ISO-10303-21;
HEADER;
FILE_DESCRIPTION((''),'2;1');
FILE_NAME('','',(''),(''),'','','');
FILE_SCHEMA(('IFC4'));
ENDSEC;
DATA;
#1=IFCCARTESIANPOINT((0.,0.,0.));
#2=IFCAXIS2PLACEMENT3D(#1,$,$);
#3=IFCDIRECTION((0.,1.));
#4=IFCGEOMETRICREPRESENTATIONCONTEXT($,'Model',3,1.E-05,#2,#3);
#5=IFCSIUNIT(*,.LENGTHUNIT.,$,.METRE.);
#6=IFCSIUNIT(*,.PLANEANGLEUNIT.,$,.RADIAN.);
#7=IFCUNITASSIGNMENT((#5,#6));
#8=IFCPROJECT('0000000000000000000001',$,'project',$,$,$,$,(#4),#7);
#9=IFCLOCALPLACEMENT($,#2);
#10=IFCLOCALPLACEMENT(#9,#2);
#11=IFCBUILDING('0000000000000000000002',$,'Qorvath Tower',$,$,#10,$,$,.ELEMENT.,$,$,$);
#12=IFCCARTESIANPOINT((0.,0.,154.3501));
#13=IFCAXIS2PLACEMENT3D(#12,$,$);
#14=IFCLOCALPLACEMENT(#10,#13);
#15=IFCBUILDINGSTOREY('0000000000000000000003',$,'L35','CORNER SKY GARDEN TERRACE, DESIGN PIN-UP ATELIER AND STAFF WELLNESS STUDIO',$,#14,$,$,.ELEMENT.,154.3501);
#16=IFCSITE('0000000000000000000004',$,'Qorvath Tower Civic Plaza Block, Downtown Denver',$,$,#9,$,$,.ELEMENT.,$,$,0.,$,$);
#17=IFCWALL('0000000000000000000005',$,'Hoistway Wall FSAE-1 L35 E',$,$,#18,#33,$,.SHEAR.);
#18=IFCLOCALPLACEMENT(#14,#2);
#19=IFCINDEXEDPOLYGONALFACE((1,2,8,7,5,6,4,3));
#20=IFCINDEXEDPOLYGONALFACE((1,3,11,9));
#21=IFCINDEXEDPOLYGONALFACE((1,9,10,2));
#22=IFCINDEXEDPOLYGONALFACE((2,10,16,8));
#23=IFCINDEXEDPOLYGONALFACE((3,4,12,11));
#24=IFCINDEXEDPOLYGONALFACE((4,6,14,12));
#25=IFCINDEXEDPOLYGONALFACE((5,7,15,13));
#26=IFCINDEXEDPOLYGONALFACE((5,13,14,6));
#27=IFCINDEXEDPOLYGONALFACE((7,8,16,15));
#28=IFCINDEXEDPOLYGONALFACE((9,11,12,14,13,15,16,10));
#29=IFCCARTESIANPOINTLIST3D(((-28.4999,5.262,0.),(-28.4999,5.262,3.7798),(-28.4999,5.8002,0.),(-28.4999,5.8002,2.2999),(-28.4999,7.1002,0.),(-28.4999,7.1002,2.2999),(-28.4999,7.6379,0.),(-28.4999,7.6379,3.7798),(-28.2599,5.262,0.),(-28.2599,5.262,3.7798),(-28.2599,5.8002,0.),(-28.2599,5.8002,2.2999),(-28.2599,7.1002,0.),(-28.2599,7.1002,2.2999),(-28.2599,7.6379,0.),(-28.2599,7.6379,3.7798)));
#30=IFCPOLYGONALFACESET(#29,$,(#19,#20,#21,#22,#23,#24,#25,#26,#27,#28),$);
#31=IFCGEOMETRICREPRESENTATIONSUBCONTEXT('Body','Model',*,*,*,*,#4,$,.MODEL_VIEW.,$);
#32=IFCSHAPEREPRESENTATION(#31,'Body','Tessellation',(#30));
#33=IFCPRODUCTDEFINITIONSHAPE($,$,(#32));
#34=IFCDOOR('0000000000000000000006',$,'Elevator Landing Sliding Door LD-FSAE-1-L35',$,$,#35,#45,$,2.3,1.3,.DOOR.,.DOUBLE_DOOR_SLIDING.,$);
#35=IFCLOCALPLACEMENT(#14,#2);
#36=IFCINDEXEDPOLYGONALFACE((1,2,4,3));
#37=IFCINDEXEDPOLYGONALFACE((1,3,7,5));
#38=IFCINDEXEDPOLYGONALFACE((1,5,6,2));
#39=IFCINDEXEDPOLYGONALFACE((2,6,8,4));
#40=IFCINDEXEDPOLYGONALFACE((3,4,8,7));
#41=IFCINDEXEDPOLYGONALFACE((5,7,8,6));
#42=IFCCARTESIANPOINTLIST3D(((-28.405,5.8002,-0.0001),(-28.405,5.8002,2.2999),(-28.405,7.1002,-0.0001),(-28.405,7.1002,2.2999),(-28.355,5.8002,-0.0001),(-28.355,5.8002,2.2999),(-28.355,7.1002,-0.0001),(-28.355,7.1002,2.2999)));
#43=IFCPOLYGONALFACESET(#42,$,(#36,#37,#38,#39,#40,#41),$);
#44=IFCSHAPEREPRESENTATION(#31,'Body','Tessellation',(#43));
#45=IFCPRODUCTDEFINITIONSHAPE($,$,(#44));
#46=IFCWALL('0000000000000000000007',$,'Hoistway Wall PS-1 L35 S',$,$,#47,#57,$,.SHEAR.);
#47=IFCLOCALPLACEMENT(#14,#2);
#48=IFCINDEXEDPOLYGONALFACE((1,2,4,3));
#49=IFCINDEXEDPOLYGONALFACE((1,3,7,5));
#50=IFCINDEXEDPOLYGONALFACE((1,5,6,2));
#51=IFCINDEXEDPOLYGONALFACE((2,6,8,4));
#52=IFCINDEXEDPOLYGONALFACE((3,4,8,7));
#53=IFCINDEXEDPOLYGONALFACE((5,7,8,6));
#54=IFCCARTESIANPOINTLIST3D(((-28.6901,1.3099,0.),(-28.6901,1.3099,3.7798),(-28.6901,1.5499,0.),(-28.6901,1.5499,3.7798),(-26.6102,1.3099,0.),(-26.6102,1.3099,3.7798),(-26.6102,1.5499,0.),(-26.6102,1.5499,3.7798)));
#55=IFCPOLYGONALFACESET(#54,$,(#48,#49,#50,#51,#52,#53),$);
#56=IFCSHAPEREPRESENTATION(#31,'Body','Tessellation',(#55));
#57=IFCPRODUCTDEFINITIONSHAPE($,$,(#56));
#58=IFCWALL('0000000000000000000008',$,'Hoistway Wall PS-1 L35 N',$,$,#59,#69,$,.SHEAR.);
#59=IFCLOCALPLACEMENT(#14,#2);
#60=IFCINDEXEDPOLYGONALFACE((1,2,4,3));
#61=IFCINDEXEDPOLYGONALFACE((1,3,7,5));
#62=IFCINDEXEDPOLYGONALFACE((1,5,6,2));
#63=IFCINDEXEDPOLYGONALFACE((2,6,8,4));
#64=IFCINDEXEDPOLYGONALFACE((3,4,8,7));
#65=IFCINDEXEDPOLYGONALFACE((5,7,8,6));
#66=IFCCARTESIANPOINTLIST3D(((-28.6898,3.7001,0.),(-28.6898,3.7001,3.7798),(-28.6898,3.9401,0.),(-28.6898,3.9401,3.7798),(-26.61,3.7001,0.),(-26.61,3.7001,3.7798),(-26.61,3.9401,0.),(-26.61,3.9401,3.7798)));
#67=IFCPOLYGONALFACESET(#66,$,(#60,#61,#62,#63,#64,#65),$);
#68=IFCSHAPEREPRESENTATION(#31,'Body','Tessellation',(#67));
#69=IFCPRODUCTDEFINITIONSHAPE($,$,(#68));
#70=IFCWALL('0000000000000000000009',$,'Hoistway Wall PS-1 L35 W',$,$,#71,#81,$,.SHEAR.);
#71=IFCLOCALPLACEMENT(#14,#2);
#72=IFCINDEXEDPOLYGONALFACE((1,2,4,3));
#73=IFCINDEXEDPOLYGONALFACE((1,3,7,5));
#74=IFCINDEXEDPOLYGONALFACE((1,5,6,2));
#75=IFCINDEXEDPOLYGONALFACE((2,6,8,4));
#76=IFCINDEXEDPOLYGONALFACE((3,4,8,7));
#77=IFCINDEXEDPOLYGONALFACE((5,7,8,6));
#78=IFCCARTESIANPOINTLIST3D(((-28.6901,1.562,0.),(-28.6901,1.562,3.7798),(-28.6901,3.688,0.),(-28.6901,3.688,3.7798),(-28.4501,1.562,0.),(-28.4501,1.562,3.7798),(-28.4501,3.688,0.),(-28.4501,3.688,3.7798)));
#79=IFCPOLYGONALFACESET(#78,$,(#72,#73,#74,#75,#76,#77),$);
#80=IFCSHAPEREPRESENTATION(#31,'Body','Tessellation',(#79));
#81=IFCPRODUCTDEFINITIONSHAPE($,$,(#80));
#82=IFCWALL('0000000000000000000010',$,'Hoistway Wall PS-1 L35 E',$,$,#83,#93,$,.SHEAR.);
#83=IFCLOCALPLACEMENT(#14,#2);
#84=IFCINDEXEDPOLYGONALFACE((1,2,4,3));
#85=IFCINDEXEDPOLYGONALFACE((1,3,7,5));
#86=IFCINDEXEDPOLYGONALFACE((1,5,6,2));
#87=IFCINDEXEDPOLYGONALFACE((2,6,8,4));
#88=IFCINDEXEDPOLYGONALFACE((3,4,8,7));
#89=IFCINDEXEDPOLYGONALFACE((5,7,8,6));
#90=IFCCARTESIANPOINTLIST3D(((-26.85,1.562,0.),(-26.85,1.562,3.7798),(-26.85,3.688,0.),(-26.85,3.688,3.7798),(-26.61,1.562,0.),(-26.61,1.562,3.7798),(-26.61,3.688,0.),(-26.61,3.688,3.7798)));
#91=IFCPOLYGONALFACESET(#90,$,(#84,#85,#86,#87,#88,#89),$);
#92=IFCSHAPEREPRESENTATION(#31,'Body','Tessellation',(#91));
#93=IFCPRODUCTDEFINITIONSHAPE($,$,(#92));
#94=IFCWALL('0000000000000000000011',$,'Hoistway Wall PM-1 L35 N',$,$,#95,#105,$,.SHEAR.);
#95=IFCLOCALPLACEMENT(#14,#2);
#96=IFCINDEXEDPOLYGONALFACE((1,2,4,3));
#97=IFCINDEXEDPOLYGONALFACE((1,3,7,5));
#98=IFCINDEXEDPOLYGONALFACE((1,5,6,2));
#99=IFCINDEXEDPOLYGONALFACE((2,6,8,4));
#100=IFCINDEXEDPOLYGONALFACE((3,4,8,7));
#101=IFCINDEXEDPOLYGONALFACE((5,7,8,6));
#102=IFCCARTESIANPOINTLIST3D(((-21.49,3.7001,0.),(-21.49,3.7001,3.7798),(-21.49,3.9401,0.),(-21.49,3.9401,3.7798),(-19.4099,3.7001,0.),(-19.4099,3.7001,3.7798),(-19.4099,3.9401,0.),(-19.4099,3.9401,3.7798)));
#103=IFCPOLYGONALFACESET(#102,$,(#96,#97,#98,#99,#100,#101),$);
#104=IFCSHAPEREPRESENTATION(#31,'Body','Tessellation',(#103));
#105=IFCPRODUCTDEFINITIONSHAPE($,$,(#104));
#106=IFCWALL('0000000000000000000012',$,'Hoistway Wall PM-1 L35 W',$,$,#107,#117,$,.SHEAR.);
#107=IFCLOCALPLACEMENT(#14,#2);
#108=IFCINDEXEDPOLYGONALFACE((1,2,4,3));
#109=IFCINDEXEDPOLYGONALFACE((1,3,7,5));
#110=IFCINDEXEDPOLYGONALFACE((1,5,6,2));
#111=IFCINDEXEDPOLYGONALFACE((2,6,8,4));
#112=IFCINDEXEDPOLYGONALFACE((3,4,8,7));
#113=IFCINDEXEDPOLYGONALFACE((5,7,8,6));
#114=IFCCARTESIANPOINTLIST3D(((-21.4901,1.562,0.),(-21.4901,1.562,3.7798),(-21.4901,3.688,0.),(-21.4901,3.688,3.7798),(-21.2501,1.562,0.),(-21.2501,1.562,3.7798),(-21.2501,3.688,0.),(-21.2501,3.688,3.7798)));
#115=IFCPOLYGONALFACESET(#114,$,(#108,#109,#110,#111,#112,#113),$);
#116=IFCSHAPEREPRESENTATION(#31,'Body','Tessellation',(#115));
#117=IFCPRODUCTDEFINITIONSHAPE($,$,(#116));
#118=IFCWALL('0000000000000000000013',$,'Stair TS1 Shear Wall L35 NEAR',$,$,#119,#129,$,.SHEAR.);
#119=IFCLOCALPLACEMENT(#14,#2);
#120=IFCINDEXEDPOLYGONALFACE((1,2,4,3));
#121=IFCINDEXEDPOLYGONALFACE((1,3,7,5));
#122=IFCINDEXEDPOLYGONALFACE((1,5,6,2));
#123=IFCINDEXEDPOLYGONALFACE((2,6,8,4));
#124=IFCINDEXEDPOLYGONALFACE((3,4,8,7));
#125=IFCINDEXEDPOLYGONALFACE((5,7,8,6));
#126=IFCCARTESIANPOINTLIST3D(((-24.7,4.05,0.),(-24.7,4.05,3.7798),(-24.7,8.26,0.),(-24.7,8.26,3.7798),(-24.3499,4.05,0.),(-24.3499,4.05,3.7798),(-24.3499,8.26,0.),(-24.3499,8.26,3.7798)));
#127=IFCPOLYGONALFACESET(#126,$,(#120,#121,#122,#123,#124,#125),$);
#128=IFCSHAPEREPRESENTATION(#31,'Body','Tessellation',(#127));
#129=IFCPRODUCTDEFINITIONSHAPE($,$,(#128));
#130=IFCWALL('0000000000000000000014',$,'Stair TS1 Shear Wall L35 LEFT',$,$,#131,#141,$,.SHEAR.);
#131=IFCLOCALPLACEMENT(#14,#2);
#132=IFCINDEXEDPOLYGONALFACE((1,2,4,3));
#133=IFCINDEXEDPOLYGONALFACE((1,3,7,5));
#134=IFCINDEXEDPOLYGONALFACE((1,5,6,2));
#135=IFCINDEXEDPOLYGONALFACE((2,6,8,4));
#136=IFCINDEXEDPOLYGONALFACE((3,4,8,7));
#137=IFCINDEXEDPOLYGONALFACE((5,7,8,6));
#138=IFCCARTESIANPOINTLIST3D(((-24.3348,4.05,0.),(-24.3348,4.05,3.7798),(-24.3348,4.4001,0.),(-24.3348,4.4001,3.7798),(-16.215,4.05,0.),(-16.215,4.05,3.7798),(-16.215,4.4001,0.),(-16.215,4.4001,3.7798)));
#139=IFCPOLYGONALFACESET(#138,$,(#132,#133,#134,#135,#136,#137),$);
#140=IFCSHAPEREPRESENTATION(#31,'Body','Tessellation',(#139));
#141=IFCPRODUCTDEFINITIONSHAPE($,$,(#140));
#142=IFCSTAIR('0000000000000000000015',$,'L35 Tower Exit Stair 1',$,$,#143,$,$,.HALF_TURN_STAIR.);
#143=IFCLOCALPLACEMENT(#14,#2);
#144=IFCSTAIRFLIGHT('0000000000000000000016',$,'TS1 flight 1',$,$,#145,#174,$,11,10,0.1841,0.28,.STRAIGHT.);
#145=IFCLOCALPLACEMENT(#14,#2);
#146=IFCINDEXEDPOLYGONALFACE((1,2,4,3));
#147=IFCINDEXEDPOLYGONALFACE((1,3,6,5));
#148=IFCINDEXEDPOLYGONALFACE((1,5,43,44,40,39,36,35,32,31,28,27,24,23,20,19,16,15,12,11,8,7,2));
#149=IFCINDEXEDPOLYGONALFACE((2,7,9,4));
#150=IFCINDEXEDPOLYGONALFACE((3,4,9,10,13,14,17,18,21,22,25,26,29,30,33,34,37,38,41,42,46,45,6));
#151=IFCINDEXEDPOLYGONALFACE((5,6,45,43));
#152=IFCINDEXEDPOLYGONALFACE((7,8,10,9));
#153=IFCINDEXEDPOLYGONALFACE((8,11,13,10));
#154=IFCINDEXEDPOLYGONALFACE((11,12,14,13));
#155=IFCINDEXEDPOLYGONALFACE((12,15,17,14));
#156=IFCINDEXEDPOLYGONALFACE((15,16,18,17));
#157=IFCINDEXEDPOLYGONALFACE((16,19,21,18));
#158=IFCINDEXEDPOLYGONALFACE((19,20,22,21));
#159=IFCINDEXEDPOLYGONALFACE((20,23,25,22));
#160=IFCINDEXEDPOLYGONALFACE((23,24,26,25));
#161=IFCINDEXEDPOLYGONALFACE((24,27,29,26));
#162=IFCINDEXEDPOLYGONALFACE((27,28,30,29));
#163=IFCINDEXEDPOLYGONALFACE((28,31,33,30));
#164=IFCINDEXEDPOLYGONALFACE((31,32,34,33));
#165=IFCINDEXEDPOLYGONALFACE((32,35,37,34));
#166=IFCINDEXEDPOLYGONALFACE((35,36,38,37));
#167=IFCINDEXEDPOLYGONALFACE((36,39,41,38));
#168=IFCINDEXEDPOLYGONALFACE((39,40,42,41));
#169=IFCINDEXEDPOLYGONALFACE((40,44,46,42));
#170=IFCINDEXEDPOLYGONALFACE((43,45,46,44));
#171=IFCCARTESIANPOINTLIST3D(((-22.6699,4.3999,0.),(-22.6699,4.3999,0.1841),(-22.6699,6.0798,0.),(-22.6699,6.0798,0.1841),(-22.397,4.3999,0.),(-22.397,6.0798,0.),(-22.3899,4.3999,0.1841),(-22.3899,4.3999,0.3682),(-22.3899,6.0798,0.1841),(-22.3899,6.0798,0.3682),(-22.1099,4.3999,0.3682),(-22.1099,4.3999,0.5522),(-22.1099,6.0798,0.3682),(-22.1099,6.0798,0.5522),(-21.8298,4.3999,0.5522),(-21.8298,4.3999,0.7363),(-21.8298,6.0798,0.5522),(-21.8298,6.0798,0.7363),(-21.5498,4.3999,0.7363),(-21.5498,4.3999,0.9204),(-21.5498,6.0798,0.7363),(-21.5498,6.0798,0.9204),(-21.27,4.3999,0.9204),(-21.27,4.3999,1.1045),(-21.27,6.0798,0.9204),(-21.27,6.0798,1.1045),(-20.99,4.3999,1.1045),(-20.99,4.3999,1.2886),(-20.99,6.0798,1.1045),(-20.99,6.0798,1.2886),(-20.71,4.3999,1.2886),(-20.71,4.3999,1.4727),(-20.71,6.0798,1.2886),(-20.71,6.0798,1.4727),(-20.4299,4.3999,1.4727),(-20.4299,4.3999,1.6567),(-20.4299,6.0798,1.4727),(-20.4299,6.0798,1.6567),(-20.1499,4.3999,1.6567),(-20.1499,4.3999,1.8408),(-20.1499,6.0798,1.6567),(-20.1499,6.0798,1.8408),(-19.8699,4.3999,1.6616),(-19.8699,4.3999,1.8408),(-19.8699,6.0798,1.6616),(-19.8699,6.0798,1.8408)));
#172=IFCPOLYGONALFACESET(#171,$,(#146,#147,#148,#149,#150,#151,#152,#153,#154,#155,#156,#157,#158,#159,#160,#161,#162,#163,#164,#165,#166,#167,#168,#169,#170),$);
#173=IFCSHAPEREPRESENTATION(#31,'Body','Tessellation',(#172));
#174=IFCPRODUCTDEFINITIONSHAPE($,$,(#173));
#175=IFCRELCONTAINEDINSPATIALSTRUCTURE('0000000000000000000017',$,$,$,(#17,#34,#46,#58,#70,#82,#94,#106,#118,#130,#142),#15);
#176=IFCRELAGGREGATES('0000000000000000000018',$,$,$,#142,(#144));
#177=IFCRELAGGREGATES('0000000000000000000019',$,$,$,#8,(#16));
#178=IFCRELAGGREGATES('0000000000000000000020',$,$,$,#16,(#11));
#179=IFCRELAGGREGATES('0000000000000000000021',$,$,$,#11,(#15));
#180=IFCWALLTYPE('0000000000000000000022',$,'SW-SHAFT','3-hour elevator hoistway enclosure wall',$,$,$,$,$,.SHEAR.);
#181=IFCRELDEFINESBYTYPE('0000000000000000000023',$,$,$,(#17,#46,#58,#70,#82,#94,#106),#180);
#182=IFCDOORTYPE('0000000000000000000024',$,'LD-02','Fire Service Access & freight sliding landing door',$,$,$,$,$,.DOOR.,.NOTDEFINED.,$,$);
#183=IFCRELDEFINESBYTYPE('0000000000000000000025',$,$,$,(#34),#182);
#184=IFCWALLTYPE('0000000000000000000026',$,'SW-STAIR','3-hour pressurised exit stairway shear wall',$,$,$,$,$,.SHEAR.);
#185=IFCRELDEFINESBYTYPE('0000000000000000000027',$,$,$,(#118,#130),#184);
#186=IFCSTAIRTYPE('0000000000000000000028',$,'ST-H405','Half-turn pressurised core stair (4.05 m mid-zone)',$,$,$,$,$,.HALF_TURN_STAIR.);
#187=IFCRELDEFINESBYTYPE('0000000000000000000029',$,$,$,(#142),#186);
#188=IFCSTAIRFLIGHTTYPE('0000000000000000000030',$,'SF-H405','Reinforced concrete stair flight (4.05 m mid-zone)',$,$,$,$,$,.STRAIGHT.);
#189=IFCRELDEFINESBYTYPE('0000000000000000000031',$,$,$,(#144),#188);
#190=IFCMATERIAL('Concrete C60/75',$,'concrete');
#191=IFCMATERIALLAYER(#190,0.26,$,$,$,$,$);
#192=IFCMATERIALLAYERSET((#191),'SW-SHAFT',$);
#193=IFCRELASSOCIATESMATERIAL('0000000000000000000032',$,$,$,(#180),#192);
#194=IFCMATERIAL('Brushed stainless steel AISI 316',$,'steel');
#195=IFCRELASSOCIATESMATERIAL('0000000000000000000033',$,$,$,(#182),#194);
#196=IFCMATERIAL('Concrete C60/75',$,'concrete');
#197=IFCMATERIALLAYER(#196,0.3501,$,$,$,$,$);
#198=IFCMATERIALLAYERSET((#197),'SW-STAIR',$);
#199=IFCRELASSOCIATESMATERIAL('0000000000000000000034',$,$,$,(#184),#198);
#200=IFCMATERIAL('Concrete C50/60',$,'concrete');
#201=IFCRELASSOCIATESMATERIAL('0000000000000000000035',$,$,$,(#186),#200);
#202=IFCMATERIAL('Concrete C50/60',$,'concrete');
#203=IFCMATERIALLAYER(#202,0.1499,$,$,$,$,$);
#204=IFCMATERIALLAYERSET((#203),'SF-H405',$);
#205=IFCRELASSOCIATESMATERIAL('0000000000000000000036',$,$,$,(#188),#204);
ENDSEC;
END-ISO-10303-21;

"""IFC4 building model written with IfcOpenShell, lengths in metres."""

from ifc_helpers import new_model, si_unit, direction, frame, frame_2d, origin, place, context, subcontext, project, spatial, polyline, rectangle, outline, extrude, material, layer, layer_set, type_object, element, fill, aggregate, save


model = new_model("IFC4")

# Units and contexts
model_context = context("Model", 3, precision=1e-05, world=origin(), true_north=direction((0.0, 1.0)))
body_context = subcontext(model_context, "Body", "Model", "MODEL_VIEW")
ifc_project = project(units=[si_unit("LENGTHUNIT", "METRE"), si_unit("PLANEANGLEUNIT", "RADIAN")], contexts=[model_context])

# Site, building, storey
site_placement = place(None, origin())
site = spatial("IfcSite", under=ifc_project, at=site_placement, Name="Qorvath Tower Civic Plaza Block, Downtown Denver", CompositionType="ELEMENT", RefElevation=0.0)
building_placement = place(site_placement, origin())
building = spatial("IfcBuilding", under=site, at=building_placement, Name="Qorvath Tower", CompositionType="ELEMENT")
storey_placement = place(building_placement, frame((0.0, 0.0, 154.3501)))
storey = spatial("IfcBuildingStorey", under=building, at=storey_placement, Name="L35", Description="CORNER SKY GARDEN TERRACE, DESIGN PIN-UP ATELIER AND STAFF WELLNESS STUDIO", CompositionType="ELEMENT", Elevation=154.3501)

# Shared definitions
ifc_material_1 = material(Name="Concrete C60/75", Category="concrete")
ifc_layer_1 = layer(ifc_material_1, 0.26)
ifc_layer_set_1 = layer_set([ifc_layer_1], Name="SW-SHAFT")
wall_type_1 = type_object("IfcWallType", Name="SW-SHAFT", Description="3-hour elevator hoistway enclosure wall", PredefinedType="SHEAR", material=ifc_layer_set_1)

# Wall, opening, door
wall_1_placement = place(storey_placement, frame((-28.3799, 7.6379, 0.0), z_axis=(0.0, 0.0, 1.0), x_axis=(0.0, -1.0, 0.0)))
wall_1 = element("IfcWall", 1, at=wall_1_placement, inside=storey, type_object=wall_type_1, Name="Hoistway Wall FSAE-1 L35 E", PredefinedType="SHEAR", context=body_context, shape_type="SweptSolid", body=[
    extrude(rectangle(XDim=2.376, YDim=0.24, at=frame_2d((1.188, 0.0))), origin(), (0.0, 0.0, 1.0), 3.7798),
])
opening_1_placement = place(wall_1_placement, frame((0.5378, 0.0, 0.0)))
opening_1 = element("IfcOpeningElement", 2, at=opening_1_placement, cuts=wall_1, PredefinedType="OPENING", context=body_context, shape_type="SweptSolid", body=[
    extrude(rectangle(XDim=1.3, YDim=2.3, at=frame_2d((0.6499, 1.1499))), frame((0.0, 0.1299, 0.0), z_axis=(0.0, -1.0, 0.0), x_axis=(1.0, 0.0, 0.0)), (0.0, 0.0, 1.0), 0.26),
])
ifc_material_2 = material(Name="Brushed stainless steel AISI 316", Category="steel")
door_type_1 = type_object("IfcDoorType", Name="LD-02", Description="Fire Service Access & freight sliding landing door", OperationType="NOTDEFINED", PredefinedType="DOOR", material=ifc_material_2)
door_1_placement = place(opening_1_placement, origin())
door_1 = element("IfcDoor", 3, at=door_1_placement, inside=storey, type_object=door_type_1, Name="Elevator Landing Sliding Door LD-FSAE-1-L35", OperationType="DOUBLE_DOOR_SLIDING", OverallHeight=2.3, OverallWidth=1.3, PredefinedType="DOOR", context=body_context, shape_type="SweptSolid", body=[
    extrude(rectangle(XDim=1.3, YDim=2.3, at=frame_2d((0.6499, 1.1499))), frame((0.0, 0.0249, 0.0), z_axis=(0.0, -1.0, 0.0), x_axis=(1.0, 0.0, 0.0)), (0.0, 0.0, 1.0), 0.05),
])
fill(opening_1, door_1)

# Walls
for number, where, z_axis, x_axis, name in (
    (4, (-26.6101, 1.4299, 0.0), (0.0, 0.0, 1.0), (-1.0, 0.0, 0.0), "Hoistway Wall PS-1 L35 S"),
    (5, (-28.6899, 3.8201, 0.0), (0.0, 0.0, 1.0), (1.0, 0.0, 0.0), "Hoistway Wall PS-1 L35 N"),
):
    element("IfcWall", number, at=place(storey_placement, frame(where, z_axis=z_axis, x_axis=x_axis)), inside=storey, type_object=wall_type_1, Name=name, PredefinedType="SHEAR", context=body_context, shape_type="SweptSolid", body=[
        extrude(rectangle(XDim=2.0798, YDim=0.24, at=frame_2d((1.04, 0.0))), origin(), (0.0, 0.0, 1.0), 3.7798),
    ])
for number, where, z_axis, x_axis, name in (
    (6, (-28.5701, 1.562, 0.0), (0.0, 0.0, 1.0), (0.0, 1.0, 0.0), "Hoistway Wall PS-1 L35 W"),
    (7, (-26.73, 3.688, 0.0), (0.0, 0.0, 1.0), (0.0, -1.0, 0.0), "Hoistway Wall PS-1 L35 E"),
):
    element("IfcWall", number, at=place(storey_placement, frame(where, z_axis=z_axis, x_axis=x_axis)), inside=storey, type_object=wall_type_1, Name=name, PredefinedType="SHEAR", context=body_context, shape_type="SweptSolid", body=[
        extrude(rectangle(XDim=2.126, YDim=0.24, at=frame_2d((1.063, 0.0))), origin(), (0.0, 0.0, 1.0), 3.7798),
    ])
wall_2_placement = place(storey_placement, frame((-21.49, 3.8201, 0.0), z_axis=(0.0, 0.0, 1.0), x_axis=(1.0, 0.0, 0.0)))
element("IfcWall", 8, at=wall_2_placement, inside=storey, type_object=wall_type_1, Name="Hoistway Wall PM-1 L35 N", PredefinedType="SHEAR", context=body_context, shape_type="SweptSolid", body=[
    extrude(rectangle(XDim=2.0801, YDim=0.24, at=frame_2d((1.04, 0.0))), origin(), (0.0, 0.0, 1.0), 3.7798),
])
wall_3_placement = place(storey_placement, frame((-21.3701, 1.562, 0.0), z_axis=(0.0, 0.0, 1.0), x_axis=(0.0, 1.0, 0.0)))
element("IfcWall", 9, at=wall_3_placement, inside=storey, type_object=wall_type_1, Name="Hoistway Wall PM-1 L35 W", PredefinedType="SHEAR", context=body_context, shape_type="SweptSolid", body=[
    extrude(rectangle(XDim=2.126, YDim=0.24, at=frame_2d((1.063, 0.0))), origin(), (0.0, 0.0, 1.0), 3.7798),
])
ifc_material_3 = material(Name="Concrete C60/75", Category="concrete")
ifc_layer_2 = layer(ifc_material_3, 0.3501)
ifc_layer_set_2 = layer_set([ifc_layer_2], Name="SW-STAIR")
wall_type_2 = type_object("IfcWallType", Name="SW-STAIR", Description="3-hour pressurised exit stairway shear wall", PredefinedType="SHEAR", material=ifc_layer_set_2)
wall_4_placement = place(storey_placement, frame((-24.5249, 8.26, 0.0), z_axis=(0.0, 0.0, 1.0), x_axis=(0.0, -1.0, 0.0)))
element("IfcWall", 10, at=wall_4_placement, inside=storey, type_object=wall_type_2, Name="Stair TS1 Shear Wall L35 NEAR", PredefinedType="SHEAR", context=body_context, shape_type="SweptSolid", body=[
    extrude(rectangle(XDim=4.21, YDim=0.3501, at=frame_2d((2.105, 0.0))), origin(), (0.0, 0.0, 1.0), 3.7798),
])
wall_5_placement = place(storey_placement, frame((-24.335, 4.2251, 0.0), z_axis=(0.0, 0.0, 1.0), x_axis=(1.0, 0.0, 0.0)))
element("IfcWall", 11, at=wall_5_placement, inside=storey, type_object=wall_type_2, Name="Stair TS1 Shear Wall L35 LEFT", PredefinedType="SHEAR", context=body_context, shape_type="SweptSolid", body=[
    extrude(rectangle(XDim=8.1199, YDim=0.3501, at=frame_2d((4.0601, 0.0))), origin(), (0.0, 0.0, 1.0), 3.7798),
])

# Stair, stair flight
ifc_material_4 = material(Name="Concrete C50/60", Category="concrete")
stair_type = type_object("IfcStairType", Name="ST-H405", Description="Half-turn pressurised core stair (4.05 m mid-zone)", PredefinedType="HALF_TURN_STAIR", material=ifc_material_4)
stair_placement = place(storey_placement, origin())
stair = element("IfcStair", 12, at=stair_placement, inside=storey, type_object=stair_type, Name="L35 Tower Exit Stair 1", PredefinedType="HALF_TURN_STAIR")
ifc_material_5 = material(Name="Concrete C50/60", Category="concrete")
ifc_layer_3 = layer(ifc_material_5, 0.1499)
ifc_layer_set_3 = layer_set([ifc_layer_3], Name="SF-H405")
stair_flight_type = type_object("IfcStairFlightType", Name="SF-H405", Description="Reinforced concrete stair flight (4.05 m mid-zone)", PredefinedType="STRAIGHT", material=ifc_layer_set_3)
stair_flight_placement = place(storey_placement, frame((-22.6699, 5.24, 0.0), z_axis=(0.0, 0.0, 1.0), x_axis=(1.0, 0.0, 0.0)))
stair_flight = element("IfcStairFlight", 13, at=stair_flight_placement, type_object=stair_flight_type, Name="TS1 flight 1", NumberOfRisers=11, NumberOfTreads=10, PredefinedType="STRAIGHT", RiserHeight=0.1841, TreadLength=0.28, context=body_context, shape_type="SweptSolid", body=[
    extrude(outline(polyline([(0.0, 0.0), (0.0, 0.1841), (0.28, 0.1841), (0.28, 0.3682), (0.5601, 0.3682), (0.5601, 0.5522), (0.8401, 0.5522), (0.8401, 0.7363), (1.1201, 0.7363), (1.1201, 0.9204), (1.3999, 0.9204), (1.3999, 1.1045), (1.6799, 1.1045), (1.6799, 1.2886), (1.96, 1.2886), (1.96, 1.4727), (2.24, 1.4727), (2.24, 1.6567), (2.52, 1.6567), (2.52, 1.8408), (2.8, 1.8408), (2.8, 2.0249), (2.8, 1.6616), (0.2729, 0.0), (0.0, 0.0)])), frame((0.0, 0.8398, 0.0), z_axis=(0.0, -1.0, 0.0), x_axis=(1.0, 0.0, 0.0)), (0.0, 0.0, 1.0), 1.6799),
])
aggregate(stair, [stair_flight])

save(model, "model.ifc")
